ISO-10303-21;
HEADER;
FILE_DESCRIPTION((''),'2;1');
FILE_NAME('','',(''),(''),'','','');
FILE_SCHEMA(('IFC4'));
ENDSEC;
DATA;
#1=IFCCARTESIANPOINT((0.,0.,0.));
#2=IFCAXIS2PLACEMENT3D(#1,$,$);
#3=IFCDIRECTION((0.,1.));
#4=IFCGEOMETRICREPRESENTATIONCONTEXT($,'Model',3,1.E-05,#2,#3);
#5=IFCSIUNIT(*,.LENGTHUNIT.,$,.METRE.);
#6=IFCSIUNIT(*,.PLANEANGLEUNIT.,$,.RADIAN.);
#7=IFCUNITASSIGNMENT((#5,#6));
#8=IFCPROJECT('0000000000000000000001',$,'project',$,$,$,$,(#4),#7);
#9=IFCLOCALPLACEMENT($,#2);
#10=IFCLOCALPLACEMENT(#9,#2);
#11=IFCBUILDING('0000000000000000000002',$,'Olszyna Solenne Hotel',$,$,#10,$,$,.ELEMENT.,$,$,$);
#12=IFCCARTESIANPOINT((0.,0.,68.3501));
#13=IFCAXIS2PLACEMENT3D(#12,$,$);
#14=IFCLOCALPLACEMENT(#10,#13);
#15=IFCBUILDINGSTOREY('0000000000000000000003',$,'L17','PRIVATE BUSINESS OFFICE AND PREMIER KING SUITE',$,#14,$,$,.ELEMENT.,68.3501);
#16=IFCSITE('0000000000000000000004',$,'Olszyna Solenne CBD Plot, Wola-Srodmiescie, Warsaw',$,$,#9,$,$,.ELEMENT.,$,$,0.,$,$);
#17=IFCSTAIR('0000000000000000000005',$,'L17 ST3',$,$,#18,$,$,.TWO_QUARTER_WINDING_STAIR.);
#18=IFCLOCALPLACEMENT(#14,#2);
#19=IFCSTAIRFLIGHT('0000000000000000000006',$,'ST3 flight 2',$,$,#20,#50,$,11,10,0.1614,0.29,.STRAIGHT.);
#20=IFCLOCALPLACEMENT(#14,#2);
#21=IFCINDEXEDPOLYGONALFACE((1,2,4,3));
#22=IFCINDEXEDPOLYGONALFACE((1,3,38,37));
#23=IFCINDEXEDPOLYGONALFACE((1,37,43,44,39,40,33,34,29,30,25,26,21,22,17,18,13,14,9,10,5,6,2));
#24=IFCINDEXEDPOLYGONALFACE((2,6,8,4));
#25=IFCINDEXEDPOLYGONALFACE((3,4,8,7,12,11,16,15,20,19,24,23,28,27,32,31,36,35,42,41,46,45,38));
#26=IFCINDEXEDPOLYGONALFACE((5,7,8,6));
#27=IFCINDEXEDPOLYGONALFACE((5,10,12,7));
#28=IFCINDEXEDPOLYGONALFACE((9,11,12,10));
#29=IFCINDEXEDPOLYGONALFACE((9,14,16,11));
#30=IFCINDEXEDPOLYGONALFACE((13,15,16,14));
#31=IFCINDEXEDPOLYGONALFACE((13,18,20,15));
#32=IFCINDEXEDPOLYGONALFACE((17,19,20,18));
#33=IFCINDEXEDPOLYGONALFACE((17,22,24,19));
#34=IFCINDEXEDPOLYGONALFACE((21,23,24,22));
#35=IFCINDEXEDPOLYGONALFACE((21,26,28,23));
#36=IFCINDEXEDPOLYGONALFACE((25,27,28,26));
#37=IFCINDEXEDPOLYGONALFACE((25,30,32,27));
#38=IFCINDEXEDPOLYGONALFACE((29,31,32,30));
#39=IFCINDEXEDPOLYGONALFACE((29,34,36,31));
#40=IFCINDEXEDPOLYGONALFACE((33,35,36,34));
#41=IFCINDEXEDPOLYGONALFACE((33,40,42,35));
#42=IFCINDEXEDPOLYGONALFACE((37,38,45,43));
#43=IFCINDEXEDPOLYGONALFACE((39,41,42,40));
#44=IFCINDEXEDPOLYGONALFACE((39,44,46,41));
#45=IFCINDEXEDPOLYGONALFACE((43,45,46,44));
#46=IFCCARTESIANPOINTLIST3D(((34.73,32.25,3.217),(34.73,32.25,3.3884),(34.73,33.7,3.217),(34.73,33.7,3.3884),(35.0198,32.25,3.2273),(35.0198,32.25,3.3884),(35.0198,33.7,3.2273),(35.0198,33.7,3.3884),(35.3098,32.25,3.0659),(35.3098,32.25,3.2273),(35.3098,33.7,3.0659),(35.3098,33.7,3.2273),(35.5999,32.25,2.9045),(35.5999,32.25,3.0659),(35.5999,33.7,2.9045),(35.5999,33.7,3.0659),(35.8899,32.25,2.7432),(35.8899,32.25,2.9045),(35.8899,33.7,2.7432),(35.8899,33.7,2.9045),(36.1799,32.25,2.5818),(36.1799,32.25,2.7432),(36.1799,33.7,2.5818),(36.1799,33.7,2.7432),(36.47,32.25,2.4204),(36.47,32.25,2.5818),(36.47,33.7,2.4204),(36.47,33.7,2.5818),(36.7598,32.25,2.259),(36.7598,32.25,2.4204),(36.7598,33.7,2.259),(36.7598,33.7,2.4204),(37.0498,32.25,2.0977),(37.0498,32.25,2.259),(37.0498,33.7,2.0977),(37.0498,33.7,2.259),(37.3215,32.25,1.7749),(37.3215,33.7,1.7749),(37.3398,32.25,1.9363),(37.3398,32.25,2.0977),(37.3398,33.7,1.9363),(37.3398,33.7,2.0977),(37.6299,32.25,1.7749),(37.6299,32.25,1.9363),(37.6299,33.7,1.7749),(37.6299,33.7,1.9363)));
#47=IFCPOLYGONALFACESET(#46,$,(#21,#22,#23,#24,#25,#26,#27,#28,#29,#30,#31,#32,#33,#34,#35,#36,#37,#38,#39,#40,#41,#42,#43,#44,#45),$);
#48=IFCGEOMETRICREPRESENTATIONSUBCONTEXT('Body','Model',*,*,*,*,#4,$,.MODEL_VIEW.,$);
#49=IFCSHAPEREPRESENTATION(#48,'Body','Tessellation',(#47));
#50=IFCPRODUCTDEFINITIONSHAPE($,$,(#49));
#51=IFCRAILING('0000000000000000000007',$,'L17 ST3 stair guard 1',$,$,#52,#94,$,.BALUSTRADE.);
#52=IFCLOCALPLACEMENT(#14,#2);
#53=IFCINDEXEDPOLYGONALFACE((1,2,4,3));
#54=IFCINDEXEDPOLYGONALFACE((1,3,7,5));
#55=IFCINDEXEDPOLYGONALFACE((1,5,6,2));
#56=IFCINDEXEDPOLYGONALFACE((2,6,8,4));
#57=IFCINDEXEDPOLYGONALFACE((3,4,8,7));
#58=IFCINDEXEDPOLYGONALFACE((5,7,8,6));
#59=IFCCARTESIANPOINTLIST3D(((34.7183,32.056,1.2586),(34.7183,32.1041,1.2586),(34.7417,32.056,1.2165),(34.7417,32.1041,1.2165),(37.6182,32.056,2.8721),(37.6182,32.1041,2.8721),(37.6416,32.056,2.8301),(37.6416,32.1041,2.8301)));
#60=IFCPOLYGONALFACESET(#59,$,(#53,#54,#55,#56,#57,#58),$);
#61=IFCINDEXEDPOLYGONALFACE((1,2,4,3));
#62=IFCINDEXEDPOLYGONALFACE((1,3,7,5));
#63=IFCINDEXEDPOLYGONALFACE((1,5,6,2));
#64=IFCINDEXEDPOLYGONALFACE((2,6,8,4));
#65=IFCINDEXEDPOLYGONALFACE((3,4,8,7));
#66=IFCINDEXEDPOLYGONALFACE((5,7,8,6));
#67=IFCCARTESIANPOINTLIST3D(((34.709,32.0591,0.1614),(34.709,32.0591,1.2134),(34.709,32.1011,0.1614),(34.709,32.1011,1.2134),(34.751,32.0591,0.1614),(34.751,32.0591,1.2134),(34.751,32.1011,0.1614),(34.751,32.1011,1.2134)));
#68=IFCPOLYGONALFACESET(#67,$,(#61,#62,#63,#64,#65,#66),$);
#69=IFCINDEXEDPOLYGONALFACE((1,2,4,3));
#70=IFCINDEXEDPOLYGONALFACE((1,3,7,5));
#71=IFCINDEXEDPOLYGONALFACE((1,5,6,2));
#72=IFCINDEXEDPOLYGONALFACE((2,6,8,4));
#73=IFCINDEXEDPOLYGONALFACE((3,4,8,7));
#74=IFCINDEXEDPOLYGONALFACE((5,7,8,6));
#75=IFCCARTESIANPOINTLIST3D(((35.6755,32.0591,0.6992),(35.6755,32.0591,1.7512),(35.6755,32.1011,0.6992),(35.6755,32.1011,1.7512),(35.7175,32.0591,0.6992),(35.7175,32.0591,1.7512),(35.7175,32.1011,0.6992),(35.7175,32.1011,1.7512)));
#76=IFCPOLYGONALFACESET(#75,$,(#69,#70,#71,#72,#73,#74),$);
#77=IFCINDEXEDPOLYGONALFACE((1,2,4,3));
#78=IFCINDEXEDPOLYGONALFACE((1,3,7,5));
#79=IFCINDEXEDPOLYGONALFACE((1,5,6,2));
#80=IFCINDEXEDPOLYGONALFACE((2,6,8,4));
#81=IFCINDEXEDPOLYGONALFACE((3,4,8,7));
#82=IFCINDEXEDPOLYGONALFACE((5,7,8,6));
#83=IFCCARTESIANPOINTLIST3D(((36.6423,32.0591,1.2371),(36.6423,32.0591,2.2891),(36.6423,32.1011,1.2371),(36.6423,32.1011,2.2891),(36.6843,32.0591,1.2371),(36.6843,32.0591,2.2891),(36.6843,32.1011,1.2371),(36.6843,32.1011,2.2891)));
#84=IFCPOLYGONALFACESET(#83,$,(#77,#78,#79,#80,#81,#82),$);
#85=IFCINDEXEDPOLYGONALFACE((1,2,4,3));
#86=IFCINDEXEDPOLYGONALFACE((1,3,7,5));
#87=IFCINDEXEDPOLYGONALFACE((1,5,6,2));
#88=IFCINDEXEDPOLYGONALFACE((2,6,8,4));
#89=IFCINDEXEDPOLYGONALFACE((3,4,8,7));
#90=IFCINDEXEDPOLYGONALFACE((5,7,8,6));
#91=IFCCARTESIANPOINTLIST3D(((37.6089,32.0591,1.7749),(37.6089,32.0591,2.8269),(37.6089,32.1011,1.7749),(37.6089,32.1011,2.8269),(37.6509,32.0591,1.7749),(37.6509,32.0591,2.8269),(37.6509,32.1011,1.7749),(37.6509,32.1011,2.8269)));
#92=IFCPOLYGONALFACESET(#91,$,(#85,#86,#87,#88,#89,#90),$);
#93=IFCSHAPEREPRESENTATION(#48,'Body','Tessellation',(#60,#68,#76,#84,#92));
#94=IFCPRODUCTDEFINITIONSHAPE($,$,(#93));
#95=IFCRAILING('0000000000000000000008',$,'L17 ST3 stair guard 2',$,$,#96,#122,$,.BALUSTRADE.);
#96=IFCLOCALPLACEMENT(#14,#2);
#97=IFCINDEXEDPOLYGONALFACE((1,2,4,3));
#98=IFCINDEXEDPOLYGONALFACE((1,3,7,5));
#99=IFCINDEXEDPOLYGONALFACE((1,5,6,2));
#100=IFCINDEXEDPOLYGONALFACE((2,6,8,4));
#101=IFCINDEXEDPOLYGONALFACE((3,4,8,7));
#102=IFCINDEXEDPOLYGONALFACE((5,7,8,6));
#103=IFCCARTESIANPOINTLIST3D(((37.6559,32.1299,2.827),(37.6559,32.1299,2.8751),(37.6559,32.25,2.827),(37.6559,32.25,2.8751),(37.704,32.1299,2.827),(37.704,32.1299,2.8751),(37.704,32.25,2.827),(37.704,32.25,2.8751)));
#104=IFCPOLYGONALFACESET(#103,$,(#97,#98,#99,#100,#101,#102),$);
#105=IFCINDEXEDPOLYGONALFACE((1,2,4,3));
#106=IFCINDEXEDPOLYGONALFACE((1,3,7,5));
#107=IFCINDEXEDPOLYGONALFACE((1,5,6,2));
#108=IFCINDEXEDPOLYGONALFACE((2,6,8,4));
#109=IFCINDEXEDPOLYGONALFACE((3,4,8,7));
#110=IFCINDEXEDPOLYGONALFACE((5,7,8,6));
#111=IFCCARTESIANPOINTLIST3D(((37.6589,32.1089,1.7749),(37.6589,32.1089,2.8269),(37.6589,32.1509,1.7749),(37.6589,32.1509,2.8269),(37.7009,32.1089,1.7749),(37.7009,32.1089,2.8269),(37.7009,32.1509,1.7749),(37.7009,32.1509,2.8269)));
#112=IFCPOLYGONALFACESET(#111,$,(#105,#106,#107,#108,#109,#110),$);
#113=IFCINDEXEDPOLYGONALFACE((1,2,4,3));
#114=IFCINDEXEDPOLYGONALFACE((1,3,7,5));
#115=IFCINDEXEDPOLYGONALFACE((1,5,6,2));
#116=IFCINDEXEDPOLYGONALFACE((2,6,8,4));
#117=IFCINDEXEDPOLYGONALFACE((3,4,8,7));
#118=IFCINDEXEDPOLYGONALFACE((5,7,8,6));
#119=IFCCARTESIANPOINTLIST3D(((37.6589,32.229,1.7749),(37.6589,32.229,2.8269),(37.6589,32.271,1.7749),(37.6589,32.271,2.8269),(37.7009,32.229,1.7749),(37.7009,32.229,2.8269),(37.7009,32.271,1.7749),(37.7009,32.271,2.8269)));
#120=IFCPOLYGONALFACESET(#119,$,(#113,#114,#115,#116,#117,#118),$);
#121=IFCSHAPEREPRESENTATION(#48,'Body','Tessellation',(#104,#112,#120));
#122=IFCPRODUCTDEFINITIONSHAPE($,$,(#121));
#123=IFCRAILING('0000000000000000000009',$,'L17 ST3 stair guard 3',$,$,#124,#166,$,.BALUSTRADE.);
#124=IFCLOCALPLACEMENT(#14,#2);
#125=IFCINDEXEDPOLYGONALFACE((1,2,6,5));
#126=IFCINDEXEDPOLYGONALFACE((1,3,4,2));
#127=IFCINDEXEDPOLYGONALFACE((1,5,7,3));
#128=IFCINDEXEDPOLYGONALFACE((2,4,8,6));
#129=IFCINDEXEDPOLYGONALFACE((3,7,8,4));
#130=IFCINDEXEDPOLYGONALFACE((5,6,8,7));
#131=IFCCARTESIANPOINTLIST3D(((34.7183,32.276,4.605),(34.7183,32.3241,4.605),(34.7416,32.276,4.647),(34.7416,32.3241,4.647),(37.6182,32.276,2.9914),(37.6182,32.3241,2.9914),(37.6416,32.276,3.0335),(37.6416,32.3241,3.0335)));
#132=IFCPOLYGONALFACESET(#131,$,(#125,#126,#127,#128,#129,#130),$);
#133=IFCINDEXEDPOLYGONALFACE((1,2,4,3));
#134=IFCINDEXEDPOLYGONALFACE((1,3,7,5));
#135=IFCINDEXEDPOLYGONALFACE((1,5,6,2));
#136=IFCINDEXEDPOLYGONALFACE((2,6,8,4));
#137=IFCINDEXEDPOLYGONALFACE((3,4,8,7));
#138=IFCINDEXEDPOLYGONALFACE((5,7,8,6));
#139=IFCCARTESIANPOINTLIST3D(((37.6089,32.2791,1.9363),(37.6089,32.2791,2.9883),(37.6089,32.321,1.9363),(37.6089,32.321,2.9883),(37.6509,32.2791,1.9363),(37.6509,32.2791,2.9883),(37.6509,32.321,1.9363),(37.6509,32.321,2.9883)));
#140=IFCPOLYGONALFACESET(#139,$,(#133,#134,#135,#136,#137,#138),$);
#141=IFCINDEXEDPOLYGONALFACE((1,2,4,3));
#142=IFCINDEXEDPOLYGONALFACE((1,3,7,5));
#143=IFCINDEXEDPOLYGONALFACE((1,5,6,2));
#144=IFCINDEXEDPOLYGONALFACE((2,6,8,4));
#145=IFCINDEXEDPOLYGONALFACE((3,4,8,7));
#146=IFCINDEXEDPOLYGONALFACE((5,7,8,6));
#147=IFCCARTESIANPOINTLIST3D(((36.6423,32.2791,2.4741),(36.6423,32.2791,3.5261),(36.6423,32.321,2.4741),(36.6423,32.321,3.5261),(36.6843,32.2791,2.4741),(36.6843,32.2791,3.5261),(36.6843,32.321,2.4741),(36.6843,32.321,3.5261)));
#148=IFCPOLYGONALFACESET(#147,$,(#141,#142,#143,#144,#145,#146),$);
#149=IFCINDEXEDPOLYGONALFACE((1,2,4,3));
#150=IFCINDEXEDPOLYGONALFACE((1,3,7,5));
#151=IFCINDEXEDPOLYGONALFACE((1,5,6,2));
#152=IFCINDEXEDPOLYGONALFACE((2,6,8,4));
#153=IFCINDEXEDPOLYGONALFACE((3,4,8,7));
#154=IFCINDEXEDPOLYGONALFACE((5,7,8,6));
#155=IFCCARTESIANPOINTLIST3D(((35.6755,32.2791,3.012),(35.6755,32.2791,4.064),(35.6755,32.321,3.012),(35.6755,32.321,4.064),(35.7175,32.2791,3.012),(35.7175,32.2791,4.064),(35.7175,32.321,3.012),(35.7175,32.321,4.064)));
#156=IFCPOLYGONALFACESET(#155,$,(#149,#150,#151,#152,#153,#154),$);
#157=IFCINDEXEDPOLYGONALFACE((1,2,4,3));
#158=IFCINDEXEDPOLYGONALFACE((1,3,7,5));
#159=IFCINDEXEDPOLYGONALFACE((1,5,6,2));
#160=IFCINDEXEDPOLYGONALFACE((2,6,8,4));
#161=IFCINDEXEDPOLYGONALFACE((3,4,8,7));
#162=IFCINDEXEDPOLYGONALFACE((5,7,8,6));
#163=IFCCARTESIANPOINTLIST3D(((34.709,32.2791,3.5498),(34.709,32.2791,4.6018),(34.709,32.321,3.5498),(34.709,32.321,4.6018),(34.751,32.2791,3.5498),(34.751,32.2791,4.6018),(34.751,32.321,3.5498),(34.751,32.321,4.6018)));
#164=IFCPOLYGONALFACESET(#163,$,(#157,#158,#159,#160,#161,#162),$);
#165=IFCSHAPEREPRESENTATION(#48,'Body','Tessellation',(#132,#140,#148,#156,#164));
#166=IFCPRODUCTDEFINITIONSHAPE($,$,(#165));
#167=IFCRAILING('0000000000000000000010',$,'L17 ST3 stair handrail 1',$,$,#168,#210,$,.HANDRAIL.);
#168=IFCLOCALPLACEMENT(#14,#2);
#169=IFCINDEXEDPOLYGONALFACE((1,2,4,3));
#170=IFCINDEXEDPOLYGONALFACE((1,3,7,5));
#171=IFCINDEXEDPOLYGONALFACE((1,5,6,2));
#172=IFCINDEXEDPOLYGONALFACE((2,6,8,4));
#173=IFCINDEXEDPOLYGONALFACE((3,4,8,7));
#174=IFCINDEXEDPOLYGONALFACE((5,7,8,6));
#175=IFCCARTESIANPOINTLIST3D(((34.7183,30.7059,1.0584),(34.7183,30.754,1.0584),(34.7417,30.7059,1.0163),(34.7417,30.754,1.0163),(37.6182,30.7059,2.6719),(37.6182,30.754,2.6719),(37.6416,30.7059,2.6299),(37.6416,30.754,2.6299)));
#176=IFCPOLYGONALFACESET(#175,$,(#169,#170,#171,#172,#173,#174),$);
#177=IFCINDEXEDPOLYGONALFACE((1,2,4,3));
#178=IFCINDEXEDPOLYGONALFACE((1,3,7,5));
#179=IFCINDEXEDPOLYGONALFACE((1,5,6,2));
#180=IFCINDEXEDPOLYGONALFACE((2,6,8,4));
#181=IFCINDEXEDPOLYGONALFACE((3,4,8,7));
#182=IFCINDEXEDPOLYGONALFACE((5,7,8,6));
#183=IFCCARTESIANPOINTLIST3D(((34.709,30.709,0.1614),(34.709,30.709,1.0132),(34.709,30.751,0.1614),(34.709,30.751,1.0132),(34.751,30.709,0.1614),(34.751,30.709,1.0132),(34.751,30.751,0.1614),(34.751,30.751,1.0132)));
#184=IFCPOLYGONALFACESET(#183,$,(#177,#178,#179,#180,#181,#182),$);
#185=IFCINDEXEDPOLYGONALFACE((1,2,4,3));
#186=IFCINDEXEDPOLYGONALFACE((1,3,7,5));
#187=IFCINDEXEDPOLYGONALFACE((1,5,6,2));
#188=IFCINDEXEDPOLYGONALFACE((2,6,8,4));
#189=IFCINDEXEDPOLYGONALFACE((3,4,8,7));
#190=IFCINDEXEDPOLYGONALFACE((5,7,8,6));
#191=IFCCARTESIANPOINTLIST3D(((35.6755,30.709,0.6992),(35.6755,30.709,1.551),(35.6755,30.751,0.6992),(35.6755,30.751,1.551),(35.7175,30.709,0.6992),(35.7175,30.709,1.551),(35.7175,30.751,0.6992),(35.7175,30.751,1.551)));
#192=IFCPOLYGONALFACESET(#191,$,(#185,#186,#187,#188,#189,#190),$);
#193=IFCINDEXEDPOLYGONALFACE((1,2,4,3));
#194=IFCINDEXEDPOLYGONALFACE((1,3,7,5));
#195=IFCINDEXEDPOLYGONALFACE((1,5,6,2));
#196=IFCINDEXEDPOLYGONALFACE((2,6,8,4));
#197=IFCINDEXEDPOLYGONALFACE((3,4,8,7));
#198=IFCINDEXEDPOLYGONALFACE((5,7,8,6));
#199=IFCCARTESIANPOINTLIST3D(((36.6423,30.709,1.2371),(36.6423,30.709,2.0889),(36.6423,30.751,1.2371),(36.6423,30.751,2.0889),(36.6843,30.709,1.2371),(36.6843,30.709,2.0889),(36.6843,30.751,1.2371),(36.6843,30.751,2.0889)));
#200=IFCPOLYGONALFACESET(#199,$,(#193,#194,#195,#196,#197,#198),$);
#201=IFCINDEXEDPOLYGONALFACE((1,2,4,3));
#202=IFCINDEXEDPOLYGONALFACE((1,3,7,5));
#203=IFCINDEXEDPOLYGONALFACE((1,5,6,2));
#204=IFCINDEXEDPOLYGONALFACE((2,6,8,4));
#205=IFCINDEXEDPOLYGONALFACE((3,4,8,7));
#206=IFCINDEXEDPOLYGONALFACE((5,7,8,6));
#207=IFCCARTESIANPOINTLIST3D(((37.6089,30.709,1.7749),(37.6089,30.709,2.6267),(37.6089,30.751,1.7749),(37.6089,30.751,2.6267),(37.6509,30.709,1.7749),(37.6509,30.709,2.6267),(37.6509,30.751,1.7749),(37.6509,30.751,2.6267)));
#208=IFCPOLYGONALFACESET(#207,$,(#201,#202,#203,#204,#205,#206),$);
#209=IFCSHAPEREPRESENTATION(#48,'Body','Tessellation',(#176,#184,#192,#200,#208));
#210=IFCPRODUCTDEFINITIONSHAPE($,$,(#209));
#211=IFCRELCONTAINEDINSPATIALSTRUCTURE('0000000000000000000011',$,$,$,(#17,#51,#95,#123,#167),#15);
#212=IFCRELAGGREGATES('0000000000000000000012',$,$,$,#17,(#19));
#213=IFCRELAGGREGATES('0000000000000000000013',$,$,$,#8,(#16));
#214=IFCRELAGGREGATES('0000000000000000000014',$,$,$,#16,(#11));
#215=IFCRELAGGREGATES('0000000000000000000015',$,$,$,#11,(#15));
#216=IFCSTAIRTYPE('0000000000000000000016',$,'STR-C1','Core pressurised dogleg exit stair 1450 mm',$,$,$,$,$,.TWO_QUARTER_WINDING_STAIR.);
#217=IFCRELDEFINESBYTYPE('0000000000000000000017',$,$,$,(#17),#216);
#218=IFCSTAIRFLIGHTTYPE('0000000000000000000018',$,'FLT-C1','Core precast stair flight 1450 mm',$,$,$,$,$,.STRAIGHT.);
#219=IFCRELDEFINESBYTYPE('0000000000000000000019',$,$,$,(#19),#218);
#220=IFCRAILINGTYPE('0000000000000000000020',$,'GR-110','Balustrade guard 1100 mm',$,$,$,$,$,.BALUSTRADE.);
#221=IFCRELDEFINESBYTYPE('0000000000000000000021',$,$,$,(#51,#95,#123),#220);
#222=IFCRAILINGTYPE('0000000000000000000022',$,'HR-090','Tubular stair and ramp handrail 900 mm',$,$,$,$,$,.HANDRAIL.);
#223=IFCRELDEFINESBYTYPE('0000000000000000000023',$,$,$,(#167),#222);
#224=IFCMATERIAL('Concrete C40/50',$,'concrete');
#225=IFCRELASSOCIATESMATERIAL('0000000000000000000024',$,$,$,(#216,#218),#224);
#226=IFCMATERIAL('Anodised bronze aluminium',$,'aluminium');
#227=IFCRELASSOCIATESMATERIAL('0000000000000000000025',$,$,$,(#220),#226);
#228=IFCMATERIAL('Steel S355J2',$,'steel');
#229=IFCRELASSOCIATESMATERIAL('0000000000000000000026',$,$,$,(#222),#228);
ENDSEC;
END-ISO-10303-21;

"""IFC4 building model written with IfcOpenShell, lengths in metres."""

from ifc_helpers import new_model, si_unit, direction, frame, origin, origin_2d, place, context, subcontext, project, spatial, polyline, rectangle, outline, extrude, material, type_object, element, aggregate, save


model = new_model("IFC4")

# Units and contexts
model_context = context("Model", 3, precision=1e-05, world=origin(), true_north=direction((0.0, 1.0)))
body_context = subcontext(model_context, "Body", "Model", "MODEL_VIEW")
ifc_project = project(units=[si_unit("LENGTHUNIT", "METRE"), si_unit("PLANEANGLEUNIT", "RADIAN")], contexts=[model_context])

# Site, building, storey
site_placement = place(None, origin())
site = spatial("IfcSite", under=ifc_project, at=site_placement, Name="Olszyna Solenne CBD Plot, Wola-Srodmiescie, Warsaw", CompositionType="ELEMENT", RefElevation=0.0)
building_placement = place(site_placement, origin())
building = spatial("IfcBuilding", under=site, at=building_placement, Name="Olszyna Solenne Hotel", CompositionType="ELEMENT")
storey_placement = place(building_placement, frame((0.0, 0.0, 68.3501)))
storey = spatial("IfcBuildingStorey", under=building, at=storey_placement, Name="L17", Description="PRIVATE BUSINESS OFFICE AND PREMIER KING SUITE", CompositionType="ELEMENT", Elevation=68.3501)

# Shared definitions
ifc_material_1 = material(Name="Anodised bronze aluminium", Category="aluminium")

# Shared definitions
ifc_material_2 = material(Name="Steel S355J2", Category="steel")

# Stair, stair flight
ifc_material_3 = material(Name="Concrete C40/50", Category="concrete")
stair_type = type_object("IfcStairType", Name="STR-C1", Description="Core pressurised dogleg exit stair 1450 mm", PredefinedType="TWO_QUARTER_WINDING_STAIR", material=ifc_material_3)
stair_placement = place(storey_placement, origin())
stair = element("IfcStair", 1, at=stair_placement, inside=storey, type_object=stair_type, Name="L17 ST3", PredefinedType="TWO_QUARTER_WINDING_STAIR")
stair_flight_type = type_object("IfcStairFlightType", Name="FLT-C1", Description="Core precast stair flight 1450 mm", PredefinedType="STRAIGHT", material=ifc_material_3)
stair_flight_1_placement = place(storey_placement, frame((37.6299, 32.9751, 1.7749), z_axis=(0.0, 0.0, 1.0), x_axis=(-1.0, 0.0, 0.0)))
stair_flight_1 = element("IfcStairFlight", 2, at=stair_flight_1_placement, type_object=stair_flight_type, Name="ST3 flight 2", NumberOfRisers=11, NumberOfTreads=10, PredefinedType="STRAIGHT", RiserHeight=0.1614, TreadLength=0.29, context=body_context, shape_type="SweptSolid", body=[
    extrude(outline(polyline([(0.0, 0.0), (0.0, 0.1614), (0.29, 0.1614), (0.29, 0.3228), (0.5801, 0.3228), (0.5801, 0.4841), (0.8701, 0.4841), (0.8701, 0.6455), (1.1599, 0.6455), (1.1599, 0.8069), (1.45, 0.8069), (1.45, 0.9683), (1.74, 0.9683), (1.74, 1.1296), (2.03, 1.1296), (2.03, 1.291), (2.3201, 1.291), (2.3201, 1.4524), (2.6101, 1.4524), (2.6101, 1.6135), (2.8999, 1.6135), (2.8999, 1.7749), (2.8999, 1.4421), (0.3083, 0.0), (0.0, 0.0)])), frame((0.0, 0.7251, 0.0), z_axis=(0.0, -1.0, 0.0), x_axis=(1.0, 0.0, 0.0)), (0.0, 0.0, 1.0), 1.45),
])
aggregate(stair, [stair_flight_1])

# Railings
railing_type_1 = type_object("IfcRailingType", Name="GR-110", Description="Balustrade guard 1100 mm", PredefinedType="BALUSTRADE", material=ifc_material_1)
railing_1_placement = place(storey_placement, frame((34.73, 32.0801, 0.1614)))
element("IfcRailing", 3, at=railing_1_placement, inside=storey, type_object=railing_type_1, Name="L17 ST3 stair guard 1", PredefinedType="BALUSTRADE", context=body_context, shape_type="SweptSolid", body=[
    extrude(rectangle(XDim=0.0481, YDim=0.0481, at=origin_2d()), frame((0.0, 0.0, 1.0762), z_axis=(0.873841, 0.0, 0.486211), x_axis=(0.0, 1.0, 0.0)), (0.0, 0.0, 1.0), 3.3186),
    extrude(rectangle(XDim=0.042, YDim=0.042, at=origin_2d()), origin(), (0.0, 0.0, 1.0), 1.052),
    extrude(rectangle(XDim=0.042, YDim=0.042, at=origin_2d()), frame((0.9666, 0.0, 0.5378)), (0.0, 0.0, 1.0), 1.052),
    extrude(rectangle(XDim=0.042, YDim=0.042, at=origin_2d()), frame((1.9333, 0.0, 1.0757)), (0.0, 0.0, 1.0), 1.052),
    extrude(rectangle(XDim=0.042, YDim=0.042, at=origin_2d()), frame((2.8999, 0.0, 1.6135)), (0.0, 0.0, 1.0), 1.052),
])
railing_2_placement = place(storey_placement, frame((37.6799, 32.1299, 1.7749)))
element("IfcRailing", 4, at=railing_2_placement, inside=storey, type_object=railing_type_1, Name="L17 ST3 stair guard 2", PredefinedType="BALUSTRADE", context=body_context, shape_type="SweptSolid", body=[
    extrude(rectangle(XDim=0.0481, YDim=0.0481, at=origin_2d()), frame((0.0, 0.0, 1.0762), z_axis=(0.0, 1.0, 0.0), x_axis=(-1.0, 0.0, 0.0)), (0.0, 0.0, 1.0), 0.1201),
    extrude(rectangle(XDim=0.042, YDim=0.042, at=origin_2d()), origin(), (0.0, 0.0, 1.0), 1.052),
    extrude(rectangle(XDim=0.042, YDim=0.042, at=origin_2d()), frame((0.0, 0.1201, 0.0)), (0.0, 0.0, 1.0), 1.052),
])
railing_3_placement = place(storey_placement, frame((37.6299, 32.3, 1.9363)))
element("IfcRailing", 5, at=railing_3_placement, inside=storey, type_object=railing_type_1, Name="L17 ST3 stair guard 3", PredefinedType="BALUSTRADE", context=body_context, shape_type="SweptSolid", body=[
    extrude(rectangle(XDim=0.0481, YDim=0.0481, at=origin_2d()), frame((0.0, 0.0, 1.0762), z_axis=(-0.873841, 0.0, 0.486211), x_axis=(0.0, -1.0, 0.0)), (0.0, 0.0, 1.0), 3.3186),
    extrude(rectangle(XDim=0.042, YDim=0.042, at=origin_2d()), origin(), (0.0, 0.0, 1.0), 1.052),
    extrude(rectangle(XDim=0.042, YDim=0.042, at=origin_2d()), frame((-0.9666, 0.0, 0.5378)), (0.0, 0.0, 1.0), 1.052),
    extrude(rectangle(XDim=0.042, YDim=0.042, at=origin_2d()), frame((-1.9333, 0.0, 1.0757)), (0.0, 0.0, 1.0), 1.052),
    extrude(rectangle(XDim=0.042, YDim=0.042, at=origin_2d()), frame((-2.8999, 0.0, 1.6135)), (0.0, 0.0, 1.0), 1.052),
])
railing_type_2 = type_object("IfcRailingType", Name="HR-090", Description="Tubular stair and ramp handrail 900 mm", PredefinedType="HANDRAIL", material=ifc_material_2)
railing_4_placement = place(storey_placement, frame((34.73, 30.73, 0.1614)))
element("IfcRailing", 6, at=railing_4_placement, inside=storey, type_object=railing_type_2, Name="L17 ST3 stair handrail 1", PredefinedType="HANDRAIL", context=body_context, shape_type="SweptSolid", body=[
    extrude(rectangle(XDim=0.0481, YDim=0.0481, at=origin_2d()), frame((0.0, 0.0, 0.876), z_axis=(0.873841, 0.0, 0.486211), x_axis=(0.0, 1.0, 0.0)), (0.0, 0.0, 1.0), 3.3186),
    extrude(rectangle(XDim=0.042, YDim=0.042, at=origin_2d()), origin(), (0.0, 0.0, 1.0), 0.8518),
    extrude(rectangle(XDim=0.042, YDim=0.042, at=origin_2d()), frame((0.9666, 0.0, 0.5378)), (0.0, 0.0, 1.0), 0.8518),
    extrude(rectangle(XDim=0.042, YDim=0.042, at=origin_2d()), frame((1.9333, 0.0, 1.0757)), (0.0, 0.0, 1.0), 0.8518),
    extrude(rectangle(XDim=0.042, YDim=0.042, at=origin_2d()), frame((2.8999, 0.0, 1.6135)), (0.0, 0.0, 1.0), 0.8518),
])

save(model, "model.ifc")
